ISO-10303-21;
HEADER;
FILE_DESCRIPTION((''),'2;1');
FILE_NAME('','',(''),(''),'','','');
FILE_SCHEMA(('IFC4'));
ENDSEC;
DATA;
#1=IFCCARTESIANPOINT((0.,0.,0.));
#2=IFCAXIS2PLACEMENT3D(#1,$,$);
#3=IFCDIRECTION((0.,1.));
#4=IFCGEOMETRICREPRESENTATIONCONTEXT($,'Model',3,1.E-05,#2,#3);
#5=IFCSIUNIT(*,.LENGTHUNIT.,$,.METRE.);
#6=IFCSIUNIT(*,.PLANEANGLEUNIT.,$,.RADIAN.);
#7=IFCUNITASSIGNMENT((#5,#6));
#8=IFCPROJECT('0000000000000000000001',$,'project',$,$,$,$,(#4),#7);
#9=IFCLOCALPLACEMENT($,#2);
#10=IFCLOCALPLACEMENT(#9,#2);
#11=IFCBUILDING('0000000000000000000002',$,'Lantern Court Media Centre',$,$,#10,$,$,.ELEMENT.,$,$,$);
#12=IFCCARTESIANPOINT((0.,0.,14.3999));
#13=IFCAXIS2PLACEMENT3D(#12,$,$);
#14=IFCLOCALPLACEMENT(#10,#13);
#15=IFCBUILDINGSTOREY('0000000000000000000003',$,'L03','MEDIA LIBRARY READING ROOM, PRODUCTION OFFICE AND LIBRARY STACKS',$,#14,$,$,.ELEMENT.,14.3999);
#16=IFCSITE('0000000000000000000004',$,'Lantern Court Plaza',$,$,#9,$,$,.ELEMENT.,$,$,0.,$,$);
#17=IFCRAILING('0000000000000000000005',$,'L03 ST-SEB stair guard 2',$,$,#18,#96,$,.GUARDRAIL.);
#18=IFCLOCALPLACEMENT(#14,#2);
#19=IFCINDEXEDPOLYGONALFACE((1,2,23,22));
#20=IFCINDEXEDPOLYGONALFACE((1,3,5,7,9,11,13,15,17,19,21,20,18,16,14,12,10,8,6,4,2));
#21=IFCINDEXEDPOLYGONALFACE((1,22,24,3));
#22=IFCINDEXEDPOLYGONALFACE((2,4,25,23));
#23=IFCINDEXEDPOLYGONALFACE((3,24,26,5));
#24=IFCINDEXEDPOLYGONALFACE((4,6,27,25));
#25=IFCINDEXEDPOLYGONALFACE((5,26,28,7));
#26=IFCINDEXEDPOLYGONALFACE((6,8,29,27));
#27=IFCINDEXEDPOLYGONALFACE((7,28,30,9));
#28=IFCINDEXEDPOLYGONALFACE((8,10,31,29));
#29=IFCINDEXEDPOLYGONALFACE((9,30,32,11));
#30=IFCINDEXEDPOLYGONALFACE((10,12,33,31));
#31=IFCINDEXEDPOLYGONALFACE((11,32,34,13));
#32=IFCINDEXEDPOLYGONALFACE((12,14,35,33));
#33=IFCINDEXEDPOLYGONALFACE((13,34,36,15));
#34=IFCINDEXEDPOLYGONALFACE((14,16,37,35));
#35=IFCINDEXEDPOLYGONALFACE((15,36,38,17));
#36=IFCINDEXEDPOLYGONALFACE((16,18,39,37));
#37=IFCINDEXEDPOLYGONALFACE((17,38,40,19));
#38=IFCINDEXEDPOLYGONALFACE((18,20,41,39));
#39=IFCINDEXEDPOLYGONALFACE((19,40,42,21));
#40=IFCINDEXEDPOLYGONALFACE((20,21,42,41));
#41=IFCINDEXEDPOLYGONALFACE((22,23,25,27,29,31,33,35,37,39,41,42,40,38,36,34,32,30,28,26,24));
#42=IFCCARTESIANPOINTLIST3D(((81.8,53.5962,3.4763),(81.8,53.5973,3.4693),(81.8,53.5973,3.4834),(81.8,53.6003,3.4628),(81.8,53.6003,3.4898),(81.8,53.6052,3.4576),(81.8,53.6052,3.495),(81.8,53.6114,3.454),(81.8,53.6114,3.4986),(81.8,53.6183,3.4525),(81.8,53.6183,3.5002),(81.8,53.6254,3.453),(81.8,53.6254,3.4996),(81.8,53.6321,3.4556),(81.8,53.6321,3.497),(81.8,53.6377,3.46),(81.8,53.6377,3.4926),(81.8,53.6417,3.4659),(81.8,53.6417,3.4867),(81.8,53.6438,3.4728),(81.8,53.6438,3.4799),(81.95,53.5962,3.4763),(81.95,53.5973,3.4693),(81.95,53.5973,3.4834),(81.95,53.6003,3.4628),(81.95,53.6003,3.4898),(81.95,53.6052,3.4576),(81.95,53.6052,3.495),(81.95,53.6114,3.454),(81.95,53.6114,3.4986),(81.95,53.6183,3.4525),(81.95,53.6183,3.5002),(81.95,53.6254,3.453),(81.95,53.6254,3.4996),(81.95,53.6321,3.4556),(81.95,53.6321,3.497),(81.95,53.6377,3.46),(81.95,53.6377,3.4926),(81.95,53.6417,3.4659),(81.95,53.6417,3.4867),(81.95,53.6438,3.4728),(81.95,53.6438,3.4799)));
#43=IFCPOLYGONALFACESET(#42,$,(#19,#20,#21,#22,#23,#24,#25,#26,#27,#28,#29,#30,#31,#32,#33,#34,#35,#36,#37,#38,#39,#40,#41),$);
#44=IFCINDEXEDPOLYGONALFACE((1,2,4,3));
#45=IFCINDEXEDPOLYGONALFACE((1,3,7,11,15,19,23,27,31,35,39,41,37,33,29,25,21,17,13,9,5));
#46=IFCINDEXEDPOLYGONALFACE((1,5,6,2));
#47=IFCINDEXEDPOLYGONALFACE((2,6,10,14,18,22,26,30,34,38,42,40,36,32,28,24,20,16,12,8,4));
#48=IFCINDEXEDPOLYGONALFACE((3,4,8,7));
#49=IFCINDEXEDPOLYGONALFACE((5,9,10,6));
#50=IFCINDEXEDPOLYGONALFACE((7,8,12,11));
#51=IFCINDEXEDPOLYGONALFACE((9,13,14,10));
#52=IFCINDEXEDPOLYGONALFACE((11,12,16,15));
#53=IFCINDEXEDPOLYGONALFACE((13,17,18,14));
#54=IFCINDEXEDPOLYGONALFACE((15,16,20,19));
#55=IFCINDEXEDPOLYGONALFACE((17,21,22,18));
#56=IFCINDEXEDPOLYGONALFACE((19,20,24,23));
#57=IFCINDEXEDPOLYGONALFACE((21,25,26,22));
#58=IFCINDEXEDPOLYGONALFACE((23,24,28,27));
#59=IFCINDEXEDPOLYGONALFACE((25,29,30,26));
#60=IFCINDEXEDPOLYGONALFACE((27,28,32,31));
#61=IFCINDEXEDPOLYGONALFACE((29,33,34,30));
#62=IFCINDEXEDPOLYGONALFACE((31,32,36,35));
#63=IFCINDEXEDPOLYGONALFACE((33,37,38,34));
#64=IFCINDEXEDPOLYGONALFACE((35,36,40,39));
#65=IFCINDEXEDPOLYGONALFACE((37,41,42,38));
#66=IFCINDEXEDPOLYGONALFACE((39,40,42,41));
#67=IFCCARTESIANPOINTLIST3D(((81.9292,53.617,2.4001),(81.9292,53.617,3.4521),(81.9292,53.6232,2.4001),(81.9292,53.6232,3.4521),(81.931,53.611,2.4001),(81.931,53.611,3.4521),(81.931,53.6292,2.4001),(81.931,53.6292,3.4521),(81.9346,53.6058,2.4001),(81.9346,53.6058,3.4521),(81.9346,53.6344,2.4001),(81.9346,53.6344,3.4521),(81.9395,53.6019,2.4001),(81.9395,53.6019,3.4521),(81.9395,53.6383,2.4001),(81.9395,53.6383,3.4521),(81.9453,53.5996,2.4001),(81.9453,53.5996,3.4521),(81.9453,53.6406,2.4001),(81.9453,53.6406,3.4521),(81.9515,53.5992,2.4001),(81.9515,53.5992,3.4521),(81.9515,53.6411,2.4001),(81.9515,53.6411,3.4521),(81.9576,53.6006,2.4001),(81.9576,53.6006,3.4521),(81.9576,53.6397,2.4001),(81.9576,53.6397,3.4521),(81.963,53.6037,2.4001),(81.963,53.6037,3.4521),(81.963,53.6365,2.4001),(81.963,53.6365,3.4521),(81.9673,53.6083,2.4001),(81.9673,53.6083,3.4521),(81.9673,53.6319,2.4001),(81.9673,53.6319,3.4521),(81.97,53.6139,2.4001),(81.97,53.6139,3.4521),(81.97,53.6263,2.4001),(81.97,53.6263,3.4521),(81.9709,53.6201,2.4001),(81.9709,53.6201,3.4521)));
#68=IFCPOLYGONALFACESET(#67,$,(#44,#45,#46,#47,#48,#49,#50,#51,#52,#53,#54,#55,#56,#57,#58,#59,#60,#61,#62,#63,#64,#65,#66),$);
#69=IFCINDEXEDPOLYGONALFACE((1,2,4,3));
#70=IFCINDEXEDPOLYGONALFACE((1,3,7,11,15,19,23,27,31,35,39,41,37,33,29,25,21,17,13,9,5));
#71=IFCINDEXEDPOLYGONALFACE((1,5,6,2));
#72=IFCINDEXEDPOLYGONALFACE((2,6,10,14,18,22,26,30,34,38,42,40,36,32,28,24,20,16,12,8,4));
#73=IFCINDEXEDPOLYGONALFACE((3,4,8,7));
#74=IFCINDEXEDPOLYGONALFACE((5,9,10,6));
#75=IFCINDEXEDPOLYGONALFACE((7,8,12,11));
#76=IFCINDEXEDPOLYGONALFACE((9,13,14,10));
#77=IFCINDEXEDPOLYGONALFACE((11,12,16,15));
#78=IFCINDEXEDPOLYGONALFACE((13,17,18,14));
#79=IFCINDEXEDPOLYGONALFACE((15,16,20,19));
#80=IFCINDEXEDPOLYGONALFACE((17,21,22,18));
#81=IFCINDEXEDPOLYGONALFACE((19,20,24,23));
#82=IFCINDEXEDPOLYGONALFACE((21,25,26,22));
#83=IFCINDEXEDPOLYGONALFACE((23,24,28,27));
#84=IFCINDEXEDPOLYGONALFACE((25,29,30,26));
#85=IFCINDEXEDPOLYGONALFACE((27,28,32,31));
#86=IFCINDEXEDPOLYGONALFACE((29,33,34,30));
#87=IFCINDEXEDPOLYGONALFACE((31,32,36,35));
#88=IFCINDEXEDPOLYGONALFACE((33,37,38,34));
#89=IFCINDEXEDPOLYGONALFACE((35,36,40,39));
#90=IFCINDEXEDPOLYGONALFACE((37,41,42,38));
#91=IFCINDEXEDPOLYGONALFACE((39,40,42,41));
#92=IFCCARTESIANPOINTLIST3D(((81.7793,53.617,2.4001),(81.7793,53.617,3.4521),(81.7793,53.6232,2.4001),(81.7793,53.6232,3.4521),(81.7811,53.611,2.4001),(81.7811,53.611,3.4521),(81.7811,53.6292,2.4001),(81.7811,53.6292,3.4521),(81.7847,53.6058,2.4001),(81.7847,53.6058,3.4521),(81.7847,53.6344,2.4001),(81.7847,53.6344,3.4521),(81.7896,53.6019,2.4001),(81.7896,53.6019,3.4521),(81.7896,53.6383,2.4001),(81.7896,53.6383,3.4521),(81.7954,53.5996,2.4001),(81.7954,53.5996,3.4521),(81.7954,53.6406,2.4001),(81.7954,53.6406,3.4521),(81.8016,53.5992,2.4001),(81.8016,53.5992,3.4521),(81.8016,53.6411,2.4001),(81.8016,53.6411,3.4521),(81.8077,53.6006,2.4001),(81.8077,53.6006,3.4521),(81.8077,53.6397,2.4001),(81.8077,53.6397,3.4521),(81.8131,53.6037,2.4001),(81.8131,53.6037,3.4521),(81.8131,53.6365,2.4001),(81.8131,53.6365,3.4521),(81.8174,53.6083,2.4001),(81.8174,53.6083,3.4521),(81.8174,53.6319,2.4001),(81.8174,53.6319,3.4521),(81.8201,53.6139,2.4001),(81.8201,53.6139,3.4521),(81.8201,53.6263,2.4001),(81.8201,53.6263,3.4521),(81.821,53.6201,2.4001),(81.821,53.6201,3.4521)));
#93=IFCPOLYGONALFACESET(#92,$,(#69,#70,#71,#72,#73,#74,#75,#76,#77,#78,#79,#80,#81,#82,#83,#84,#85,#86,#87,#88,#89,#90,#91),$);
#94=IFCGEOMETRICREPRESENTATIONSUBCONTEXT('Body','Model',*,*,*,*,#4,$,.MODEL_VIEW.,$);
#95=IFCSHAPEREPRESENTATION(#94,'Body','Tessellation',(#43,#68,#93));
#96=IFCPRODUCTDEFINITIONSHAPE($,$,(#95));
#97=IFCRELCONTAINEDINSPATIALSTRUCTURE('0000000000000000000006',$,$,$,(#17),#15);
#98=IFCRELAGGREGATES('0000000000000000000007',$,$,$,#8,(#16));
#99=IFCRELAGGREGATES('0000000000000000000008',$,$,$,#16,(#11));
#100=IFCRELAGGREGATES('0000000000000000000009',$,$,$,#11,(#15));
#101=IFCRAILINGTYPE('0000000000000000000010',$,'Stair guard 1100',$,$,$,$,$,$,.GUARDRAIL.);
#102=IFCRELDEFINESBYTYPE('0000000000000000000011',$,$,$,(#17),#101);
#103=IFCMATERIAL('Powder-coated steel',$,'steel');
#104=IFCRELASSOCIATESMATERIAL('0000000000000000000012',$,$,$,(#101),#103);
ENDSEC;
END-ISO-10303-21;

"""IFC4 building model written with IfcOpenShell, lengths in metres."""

from ifc_helpers import new_model, si_unit, direction, frame, origin, origin_2d, place, context, subcontext, project, spatial, circle, extrude, material, type_object, element, save


model = new_model("IFC4")

# Units and contexts
model_context = context("Model", 3, precision=1e-05, world=origin(), true_north=direction((0.0, 1.0)))
body_context = subcontext(model_context, "Body", "Model", "MODEL_VIEW")
ifc_project = project(units=[si_unit("LENGTHUNIT", "METRE"), si_unit("PLANEANGLEUNIT", "RADIAN")], contexts=[model_context])

# Site, building, storey
site_placement = place(None, origin())
site = spatial("IfcSite", under=ifc_project, at=site_placement, Name="Lantern Court Plaza", CompositionType="ELEMENT", RefElevation=0.0)
building_placement = place(site_placement, origin())
building = spatial("IfcBuilding", under=site, at=building_placement, Name="Lantern Court Media Centre", CompositionType="ELEMENT")
storey_placement = place(building_placement, frame((0.0, 0.0, 14.3999)))
storey = spatial("IfcBuildingStorey", under=building, at=storey_placement, Name="L03", Description="MEDIA LIBRARY READING ROOM, PRODUCTION OFFICE AND LIBRARY STACKS", CompositionType="ELEMENT", Elevation=14.3999)

# Railing
ifc_material_1 = material(Name="Powder-coated steel", Category="steel")
railing_type_1 = type_object("IfcRailingType", Name="Stair guard 1100", PredefinedType="GUARDRAIL", material=ifc_material_1)
railing_1_placement = place(storey_placement, frame((81.95, 53.6201, 2.4001)))
element("IfcRailing", 1, at=railing_1_placement, inside=storey, type_object=railing_type_1, Name="L03 ST-SEB stair guard 2", PredefinedType="GUARDRAIL", context=body_context, shape_type="SweptSolid", body=[
    extrude(circle(Radius=0.0239, at=origin_2d()), frame((0.0, 0.0, 1.0762), z_axis=(-1.0, 0.0, 0.0), x_axis=(0.0, -1.0, 0.0)), (0.0, 0.0, 1.0), 0.1499),
    extrude(circle(Radius=0.021, at=origin_2d()), origin(), (0.0, 0.0, 1.0), 1.052),
    extrude(circle(Radius=0.021, at=origin_2d()), frame((-0.1499, 0.0, 0.0)), (0.0, 0.0, 1.0), 1.052),
])

save(model, "model.ifc")
